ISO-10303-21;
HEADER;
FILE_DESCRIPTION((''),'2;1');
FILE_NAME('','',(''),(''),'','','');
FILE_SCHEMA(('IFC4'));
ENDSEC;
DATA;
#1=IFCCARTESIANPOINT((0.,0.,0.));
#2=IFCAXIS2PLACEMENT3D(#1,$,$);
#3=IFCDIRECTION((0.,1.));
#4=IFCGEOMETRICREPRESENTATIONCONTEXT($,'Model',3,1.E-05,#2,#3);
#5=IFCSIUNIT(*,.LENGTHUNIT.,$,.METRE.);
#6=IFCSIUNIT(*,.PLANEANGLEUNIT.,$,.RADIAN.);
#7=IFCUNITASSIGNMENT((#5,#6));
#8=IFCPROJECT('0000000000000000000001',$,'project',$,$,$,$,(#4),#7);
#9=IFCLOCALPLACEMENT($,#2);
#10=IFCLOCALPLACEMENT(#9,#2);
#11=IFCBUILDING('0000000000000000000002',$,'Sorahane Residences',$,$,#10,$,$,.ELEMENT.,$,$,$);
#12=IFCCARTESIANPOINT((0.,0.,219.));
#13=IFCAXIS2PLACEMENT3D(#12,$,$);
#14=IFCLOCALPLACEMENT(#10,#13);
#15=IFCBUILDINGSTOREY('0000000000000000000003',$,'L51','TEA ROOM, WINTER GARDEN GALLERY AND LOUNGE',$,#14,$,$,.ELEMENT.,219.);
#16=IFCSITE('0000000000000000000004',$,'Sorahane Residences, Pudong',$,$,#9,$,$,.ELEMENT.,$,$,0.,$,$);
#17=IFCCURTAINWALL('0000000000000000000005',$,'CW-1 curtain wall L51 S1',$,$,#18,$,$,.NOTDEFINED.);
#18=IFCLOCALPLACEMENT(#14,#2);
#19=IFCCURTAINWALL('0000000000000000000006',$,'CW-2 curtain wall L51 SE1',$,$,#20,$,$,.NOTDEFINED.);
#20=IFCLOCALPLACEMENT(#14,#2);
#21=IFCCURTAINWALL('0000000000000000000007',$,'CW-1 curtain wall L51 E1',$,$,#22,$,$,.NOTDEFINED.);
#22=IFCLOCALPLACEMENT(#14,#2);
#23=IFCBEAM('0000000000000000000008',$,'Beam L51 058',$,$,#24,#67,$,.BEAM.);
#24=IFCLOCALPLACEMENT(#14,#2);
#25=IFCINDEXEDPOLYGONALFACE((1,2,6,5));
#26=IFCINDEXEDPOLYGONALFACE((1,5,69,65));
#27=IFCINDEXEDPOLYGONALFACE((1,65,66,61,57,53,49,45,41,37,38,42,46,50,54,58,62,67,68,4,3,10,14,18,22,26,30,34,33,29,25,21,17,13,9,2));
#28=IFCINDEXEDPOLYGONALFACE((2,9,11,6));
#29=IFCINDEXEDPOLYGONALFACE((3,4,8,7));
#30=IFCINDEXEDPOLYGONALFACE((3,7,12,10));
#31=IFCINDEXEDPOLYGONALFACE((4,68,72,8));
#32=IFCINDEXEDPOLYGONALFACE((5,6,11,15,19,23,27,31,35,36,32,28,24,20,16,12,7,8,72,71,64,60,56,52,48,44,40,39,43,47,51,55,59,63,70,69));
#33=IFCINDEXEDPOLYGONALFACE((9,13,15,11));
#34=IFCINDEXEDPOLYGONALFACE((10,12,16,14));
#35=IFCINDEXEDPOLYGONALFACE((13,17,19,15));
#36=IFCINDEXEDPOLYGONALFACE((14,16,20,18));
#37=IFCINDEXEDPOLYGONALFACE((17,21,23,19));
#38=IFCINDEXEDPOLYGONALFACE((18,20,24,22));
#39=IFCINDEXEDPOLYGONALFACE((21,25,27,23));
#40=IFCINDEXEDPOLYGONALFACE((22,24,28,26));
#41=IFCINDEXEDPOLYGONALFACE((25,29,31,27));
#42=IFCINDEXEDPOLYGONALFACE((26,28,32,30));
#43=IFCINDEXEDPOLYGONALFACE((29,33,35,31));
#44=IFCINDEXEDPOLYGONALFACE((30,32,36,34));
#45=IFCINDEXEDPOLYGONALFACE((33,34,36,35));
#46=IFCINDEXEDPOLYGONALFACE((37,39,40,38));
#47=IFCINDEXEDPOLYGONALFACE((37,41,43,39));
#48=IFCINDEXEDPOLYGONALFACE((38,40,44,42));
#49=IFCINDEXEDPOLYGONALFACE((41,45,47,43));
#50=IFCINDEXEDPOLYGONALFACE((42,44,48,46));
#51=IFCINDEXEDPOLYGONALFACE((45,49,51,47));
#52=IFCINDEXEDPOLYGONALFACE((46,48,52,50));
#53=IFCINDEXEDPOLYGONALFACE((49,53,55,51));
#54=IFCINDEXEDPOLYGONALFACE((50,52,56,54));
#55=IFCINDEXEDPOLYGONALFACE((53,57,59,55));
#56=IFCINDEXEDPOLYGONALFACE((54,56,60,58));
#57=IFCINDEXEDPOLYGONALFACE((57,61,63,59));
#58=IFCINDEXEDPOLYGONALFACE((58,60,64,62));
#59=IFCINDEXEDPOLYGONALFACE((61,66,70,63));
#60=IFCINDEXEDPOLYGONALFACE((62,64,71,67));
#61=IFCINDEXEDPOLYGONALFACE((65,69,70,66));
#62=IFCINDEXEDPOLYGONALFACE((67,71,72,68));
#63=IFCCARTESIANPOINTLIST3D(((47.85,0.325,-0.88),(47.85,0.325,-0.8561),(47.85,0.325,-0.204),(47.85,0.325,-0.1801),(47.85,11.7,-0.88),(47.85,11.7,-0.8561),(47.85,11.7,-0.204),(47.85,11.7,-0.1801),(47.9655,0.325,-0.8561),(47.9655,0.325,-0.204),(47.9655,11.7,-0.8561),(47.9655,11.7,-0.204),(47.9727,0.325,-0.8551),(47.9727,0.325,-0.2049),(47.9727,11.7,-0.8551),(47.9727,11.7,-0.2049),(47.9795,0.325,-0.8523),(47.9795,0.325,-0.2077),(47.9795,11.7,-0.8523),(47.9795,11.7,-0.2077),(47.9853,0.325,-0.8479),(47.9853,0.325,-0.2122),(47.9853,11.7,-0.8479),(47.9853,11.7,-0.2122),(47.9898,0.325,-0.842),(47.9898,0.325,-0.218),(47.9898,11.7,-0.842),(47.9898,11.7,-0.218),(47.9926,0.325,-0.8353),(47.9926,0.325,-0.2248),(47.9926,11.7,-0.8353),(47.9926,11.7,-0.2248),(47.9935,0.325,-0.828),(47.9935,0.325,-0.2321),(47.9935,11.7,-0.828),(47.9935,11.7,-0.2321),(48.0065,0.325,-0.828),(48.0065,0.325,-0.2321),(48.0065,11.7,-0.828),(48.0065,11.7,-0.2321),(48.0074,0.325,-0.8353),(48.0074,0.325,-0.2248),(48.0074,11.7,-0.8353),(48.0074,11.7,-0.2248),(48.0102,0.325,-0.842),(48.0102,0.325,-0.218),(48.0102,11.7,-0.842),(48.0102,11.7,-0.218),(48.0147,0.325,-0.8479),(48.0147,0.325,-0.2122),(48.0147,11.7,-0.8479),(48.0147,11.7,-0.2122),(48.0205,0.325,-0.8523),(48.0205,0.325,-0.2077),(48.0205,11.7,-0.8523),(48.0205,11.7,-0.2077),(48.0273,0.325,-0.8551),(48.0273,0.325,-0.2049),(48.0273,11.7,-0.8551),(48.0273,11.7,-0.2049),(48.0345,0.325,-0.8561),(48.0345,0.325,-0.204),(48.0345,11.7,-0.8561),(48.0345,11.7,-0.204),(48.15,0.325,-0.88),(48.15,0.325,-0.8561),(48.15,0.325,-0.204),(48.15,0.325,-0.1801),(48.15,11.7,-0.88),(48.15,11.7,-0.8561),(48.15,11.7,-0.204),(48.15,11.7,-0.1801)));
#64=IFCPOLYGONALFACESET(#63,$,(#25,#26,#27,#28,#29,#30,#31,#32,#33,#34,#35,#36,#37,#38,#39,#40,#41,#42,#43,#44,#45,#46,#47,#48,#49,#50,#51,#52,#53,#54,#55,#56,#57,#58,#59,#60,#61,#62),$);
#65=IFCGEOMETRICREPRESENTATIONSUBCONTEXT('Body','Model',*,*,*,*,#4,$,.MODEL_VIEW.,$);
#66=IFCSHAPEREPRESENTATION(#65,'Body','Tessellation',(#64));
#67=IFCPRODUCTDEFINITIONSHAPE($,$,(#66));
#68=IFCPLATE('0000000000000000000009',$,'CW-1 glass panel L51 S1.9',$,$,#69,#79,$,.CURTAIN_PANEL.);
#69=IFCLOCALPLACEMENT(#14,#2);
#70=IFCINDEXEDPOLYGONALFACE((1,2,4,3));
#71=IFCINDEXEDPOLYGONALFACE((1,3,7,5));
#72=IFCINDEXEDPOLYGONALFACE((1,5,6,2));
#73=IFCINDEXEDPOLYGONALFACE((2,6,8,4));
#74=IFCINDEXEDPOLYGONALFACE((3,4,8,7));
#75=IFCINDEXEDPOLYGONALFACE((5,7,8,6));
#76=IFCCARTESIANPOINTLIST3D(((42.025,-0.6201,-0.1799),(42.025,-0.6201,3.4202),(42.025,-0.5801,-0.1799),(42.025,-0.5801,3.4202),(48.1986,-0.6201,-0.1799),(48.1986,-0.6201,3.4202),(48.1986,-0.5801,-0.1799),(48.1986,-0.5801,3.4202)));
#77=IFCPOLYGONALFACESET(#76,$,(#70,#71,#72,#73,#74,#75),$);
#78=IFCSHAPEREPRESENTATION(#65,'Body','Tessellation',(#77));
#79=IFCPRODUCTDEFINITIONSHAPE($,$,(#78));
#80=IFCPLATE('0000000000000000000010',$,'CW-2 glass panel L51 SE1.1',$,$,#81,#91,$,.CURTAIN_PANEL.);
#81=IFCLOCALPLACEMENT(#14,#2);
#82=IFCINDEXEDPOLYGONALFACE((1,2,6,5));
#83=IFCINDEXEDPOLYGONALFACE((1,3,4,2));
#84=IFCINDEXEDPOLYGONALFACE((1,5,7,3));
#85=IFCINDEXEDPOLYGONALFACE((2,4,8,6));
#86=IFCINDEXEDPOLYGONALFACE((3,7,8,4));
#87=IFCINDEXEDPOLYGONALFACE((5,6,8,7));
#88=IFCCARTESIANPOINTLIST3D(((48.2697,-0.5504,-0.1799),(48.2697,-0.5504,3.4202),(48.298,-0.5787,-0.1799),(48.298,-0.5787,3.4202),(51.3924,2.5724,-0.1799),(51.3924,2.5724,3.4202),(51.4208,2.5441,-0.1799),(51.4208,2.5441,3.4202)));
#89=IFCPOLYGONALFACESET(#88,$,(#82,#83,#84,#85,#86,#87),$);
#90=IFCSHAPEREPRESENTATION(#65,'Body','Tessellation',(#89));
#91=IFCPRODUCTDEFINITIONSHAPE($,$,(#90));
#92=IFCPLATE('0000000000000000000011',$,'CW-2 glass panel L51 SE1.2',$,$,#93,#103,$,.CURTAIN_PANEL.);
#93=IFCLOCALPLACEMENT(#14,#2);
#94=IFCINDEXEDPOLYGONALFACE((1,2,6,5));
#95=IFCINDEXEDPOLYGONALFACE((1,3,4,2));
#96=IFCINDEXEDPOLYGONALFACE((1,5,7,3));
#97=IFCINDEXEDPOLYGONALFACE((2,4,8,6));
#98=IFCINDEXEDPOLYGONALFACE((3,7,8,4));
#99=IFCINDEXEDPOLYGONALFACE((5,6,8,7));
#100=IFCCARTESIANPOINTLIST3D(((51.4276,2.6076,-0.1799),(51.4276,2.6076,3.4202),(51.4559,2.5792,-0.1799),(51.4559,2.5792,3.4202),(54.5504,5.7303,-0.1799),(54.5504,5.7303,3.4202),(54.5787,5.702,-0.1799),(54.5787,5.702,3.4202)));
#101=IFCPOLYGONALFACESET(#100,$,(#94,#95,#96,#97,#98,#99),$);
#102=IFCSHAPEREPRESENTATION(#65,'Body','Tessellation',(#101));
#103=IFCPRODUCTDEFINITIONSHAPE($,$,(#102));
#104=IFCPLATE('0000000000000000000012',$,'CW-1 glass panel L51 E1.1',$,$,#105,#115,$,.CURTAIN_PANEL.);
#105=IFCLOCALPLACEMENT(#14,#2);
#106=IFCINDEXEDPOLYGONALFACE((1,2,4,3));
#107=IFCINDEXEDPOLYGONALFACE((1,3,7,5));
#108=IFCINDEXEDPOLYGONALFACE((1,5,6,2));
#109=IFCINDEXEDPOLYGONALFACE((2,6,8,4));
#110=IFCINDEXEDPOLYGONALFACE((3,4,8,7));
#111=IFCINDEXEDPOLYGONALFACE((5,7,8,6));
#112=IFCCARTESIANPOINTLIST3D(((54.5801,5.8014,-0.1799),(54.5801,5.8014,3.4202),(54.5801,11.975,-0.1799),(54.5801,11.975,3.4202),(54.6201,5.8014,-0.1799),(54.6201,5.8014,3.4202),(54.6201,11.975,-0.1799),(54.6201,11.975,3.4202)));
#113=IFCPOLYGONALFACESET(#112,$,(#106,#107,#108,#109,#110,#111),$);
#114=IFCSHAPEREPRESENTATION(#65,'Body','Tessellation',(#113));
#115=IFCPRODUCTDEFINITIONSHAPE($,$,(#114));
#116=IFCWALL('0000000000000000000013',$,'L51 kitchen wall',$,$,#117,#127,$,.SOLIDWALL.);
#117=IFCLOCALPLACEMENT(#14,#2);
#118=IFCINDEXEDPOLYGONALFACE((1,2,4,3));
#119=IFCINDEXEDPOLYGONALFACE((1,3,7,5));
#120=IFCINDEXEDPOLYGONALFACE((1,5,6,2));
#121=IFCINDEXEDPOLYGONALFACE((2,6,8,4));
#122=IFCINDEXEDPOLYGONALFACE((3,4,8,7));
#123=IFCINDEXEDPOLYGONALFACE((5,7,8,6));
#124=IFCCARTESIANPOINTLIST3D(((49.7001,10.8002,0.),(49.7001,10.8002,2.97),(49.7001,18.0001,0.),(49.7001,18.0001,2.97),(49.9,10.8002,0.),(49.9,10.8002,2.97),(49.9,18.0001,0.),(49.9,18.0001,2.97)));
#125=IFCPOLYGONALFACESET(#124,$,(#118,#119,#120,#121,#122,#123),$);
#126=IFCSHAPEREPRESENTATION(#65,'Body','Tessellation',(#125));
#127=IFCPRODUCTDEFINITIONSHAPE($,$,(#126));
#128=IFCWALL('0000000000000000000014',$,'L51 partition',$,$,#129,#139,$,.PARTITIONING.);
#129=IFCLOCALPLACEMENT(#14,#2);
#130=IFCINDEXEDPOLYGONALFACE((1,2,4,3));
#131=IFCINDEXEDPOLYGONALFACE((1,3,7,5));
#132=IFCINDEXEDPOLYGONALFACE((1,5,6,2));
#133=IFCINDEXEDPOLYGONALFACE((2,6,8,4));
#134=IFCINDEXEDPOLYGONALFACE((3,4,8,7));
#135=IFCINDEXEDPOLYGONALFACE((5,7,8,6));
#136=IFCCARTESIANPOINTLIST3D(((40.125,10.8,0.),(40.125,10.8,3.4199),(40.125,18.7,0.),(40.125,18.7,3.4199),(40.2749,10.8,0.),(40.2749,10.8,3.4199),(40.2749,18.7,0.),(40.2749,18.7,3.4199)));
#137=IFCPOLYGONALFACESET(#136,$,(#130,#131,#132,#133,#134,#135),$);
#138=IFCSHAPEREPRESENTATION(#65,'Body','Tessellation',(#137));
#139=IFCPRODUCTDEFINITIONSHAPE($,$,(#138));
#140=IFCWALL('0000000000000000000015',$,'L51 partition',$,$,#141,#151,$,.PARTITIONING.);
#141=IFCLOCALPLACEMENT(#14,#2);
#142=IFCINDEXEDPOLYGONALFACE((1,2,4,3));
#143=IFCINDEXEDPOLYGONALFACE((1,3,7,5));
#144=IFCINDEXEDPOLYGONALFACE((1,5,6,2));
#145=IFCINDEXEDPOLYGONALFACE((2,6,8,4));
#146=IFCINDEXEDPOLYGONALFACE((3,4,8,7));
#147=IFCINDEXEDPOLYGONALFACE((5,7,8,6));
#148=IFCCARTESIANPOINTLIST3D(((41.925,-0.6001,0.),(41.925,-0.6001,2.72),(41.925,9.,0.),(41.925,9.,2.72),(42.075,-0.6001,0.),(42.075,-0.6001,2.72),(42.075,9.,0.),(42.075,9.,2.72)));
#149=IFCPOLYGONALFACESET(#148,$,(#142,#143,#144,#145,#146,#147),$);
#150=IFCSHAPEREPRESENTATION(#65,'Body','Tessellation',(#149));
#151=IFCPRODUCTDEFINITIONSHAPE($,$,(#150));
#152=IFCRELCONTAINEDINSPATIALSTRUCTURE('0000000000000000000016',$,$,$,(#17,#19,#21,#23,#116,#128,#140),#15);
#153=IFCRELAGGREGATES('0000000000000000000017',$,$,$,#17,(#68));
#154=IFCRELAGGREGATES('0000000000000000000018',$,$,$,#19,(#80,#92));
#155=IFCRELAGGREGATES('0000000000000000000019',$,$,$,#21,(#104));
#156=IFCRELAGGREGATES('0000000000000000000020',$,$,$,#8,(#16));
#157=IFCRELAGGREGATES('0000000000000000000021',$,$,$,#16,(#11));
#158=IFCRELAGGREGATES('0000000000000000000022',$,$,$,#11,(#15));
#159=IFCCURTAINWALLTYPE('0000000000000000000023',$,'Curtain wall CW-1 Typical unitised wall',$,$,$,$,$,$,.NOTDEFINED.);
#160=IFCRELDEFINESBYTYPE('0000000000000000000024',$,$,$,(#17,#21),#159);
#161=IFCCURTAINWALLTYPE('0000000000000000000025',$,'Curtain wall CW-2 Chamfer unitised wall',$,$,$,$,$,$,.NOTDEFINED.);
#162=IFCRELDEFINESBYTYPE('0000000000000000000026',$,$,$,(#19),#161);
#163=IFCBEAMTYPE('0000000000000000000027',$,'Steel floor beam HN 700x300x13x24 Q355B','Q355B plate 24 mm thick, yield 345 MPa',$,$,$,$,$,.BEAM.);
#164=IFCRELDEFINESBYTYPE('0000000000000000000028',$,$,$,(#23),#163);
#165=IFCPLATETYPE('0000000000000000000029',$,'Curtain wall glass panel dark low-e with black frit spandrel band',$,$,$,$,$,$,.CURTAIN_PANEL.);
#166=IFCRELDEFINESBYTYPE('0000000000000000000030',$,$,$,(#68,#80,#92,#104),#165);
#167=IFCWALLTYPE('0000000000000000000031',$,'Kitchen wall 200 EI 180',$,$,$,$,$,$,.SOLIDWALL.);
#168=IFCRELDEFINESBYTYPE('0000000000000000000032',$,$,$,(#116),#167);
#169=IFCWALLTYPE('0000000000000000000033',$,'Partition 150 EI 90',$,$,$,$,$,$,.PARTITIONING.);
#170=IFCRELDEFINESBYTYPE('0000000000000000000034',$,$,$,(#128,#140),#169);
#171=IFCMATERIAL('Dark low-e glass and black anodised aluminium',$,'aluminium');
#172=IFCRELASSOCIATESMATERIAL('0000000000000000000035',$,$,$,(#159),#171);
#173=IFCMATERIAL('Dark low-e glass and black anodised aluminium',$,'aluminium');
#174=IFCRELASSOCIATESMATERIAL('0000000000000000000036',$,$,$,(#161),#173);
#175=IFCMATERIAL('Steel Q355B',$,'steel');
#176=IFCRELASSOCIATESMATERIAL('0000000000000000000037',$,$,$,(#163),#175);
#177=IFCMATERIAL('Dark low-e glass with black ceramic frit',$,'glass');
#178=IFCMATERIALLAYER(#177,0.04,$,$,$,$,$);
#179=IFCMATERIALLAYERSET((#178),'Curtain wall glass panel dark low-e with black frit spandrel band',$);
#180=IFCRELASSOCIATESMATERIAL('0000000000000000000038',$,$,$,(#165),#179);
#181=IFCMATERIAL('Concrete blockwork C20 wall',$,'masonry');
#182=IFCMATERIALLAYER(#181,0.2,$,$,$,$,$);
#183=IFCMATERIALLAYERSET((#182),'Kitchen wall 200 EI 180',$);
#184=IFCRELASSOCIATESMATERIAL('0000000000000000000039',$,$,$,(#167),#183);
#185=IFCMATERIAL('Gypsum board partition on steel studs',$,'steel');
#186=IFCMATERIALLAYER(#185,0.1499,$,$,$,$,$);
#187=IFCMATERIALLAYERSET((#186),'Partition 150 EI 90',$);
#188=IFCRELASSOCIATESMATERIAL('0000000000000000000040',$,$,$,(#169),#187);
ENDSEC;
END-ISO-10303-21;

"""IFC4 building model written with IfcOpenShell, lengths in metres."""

from ifc_helpers import new_model, si_unit, direction, frame, frame_2d, origin, origin_2d, place, context, subcontext, project, spatial, rectangle, i_section, extrude, material, layer, layer_set, material_profile, profile_set, type_object, element, aggregate, save


model = new_model("IFC4")

# Units and contexts
model_context = context("Model", 3, precision=1e-05, world=origin(), true_north=direction((0.0, 1.0)))
body_context = subcontext(model_context, "Body", "Model", "MODEL_VIEW")
ifc_project = project(units=[si_unit("LENGTHUNIT", "METRE"), si_unit("PLANEANGLEUNIT", "RADIAN")], contexts=[model_context])

# Site, building, storey
site_placement = place(None, origin())
site = spatial("IfcSite", under=ifc_project, at=site_placement, Name="Sorahane Residences, Pudong", CompositionType="ELEMENT", RefElevation=0.0)
building_placement = place(site_placement, origin())
building = spatial("IfcBuilding", under=site, at=building_placement, Name="Sorahane Residences", CompositionType="ELEMENT")
storey_placement = place(building_placement, frame((0.0, 0.0, 219.0)))
storey = spatial("IfcBuildingStorey", under=building, at=storey_placement, Name="L51", Description="TEA ROOM, WINTER GARDEN GALLERY AND LOUNGE", CompositionType="ELEMENT", Elevation=219.0)

# Curtain walls
ifc_material_1 = material(Name="Dark low-e glass and black anodised aluminium", Category="aluminium")
curtain_wall_type_1 = type_object("IfcCurtainWallType", Name="Curtain wall CW-1 Typical unitised wall", PredefinedType="NOTDEFINED", material=ifc_material_1)
curtain_wall_1_placement = place(storey_placement, origin())
curtain_wall_1 = element("IfcCurtainWall", 1, at=curtain_wall_1_placement, inside=storey, type_object=curtain_wall_type_1, Name="CW-1 curtain wall L51 S1", PredefinedType="NOTDEFINED")
ifc_material_2 = material(Name="Dark low-e glass and black anodised aluminium", Category="aluminium")
curtain_wall_type_2 = type_object("IfcCurtainWallType", Name="Curtain wall CW-2 Chamfer unitised wall", PredefinedType="NOTDEFINED", material=ifc_material_2)
curtain_wall_2_placement = place(storey_placement, origin())
curtain_wall_2 = element("IfcCurtainWall", 2, at=curtain_wall_2_placement, inside=storey, type_object=curtain_wall_type_2, Name="CW-2 curtain wall L51 SE1", PredefinedType="NOTDEFINED")

# Curtain wall
curtain_wall_3_placement = place(storey_placement, origin())
curtain_wall_3 = element("IfcCurtainWall", 3, at=curtain_wall_3_placement, inside=storey, type_object=curtain_wall_type_1, Name="CW-1 curtain wall L51 E1", PredefinedType="NOTDEFINED")

# Beam
ifc_material_3 = material(Name="Steel Q355B", Category="steel")
ifc_material_profile_1 = material_profile(ifc_material_3, i_section(OverallWidth=0.3, OverallDepth=0.7, WebThickness=0.0129, FlangeThickness=0.0239, FilletRadius=0.0281, at=origin_2d()), Name="HN 700x300x13x24")
ifc_profile_set_1 = profile_set([ifc_material_profile_1], Name="Steel Q355B")
beam_type_1 = type_object("IfcBeamType", Name="Steel floor beam HN 700x300x13x24 Q355B", Description="Q355B plate 24 mm thick, yield 345 MPa", PredefinedType="BEAM", material=ifc_profile_set_1)
beam_1_placement = place(storey_placement, frame((48.0, 0.325, -0.53), z_axis=(0.0, 1.0, 0.0), x_axis=(-1.0, 0.0, 0.0)))
element("IfcBeam", 4, at=beam_1_placement, inside=storey, type_object=beam_type_1, Name="Beam L51 058", PredefinedType="BEAM", context=body_context, shape_type="SweptSolid", body=[
    extrude(i_section(OverallWidth=0.3, OverallDepth=0.7, WebThickness=0.0129, FlangeThickness=0.0239, FilletRadius=0.0281, at=origin_2d()), origin(), (0.0, 0.0, 1.0), 11.375),
])

# Plates
ifc_material_4 = material(Name="Dark low-e glass with black ceramic frit", Category="glass")
ifc_layer_1 = layer(ifc_material_4, 0.04)
ifc_layer_set_1 = layer_set([ifc_layer_1], Name="Curtain wall glass panel dark low-e with black frit spandrel band")
plate_type = type_object("IfcPlateType", Name="Curtain wall glass panel dark low-e with black frit spandrel band", PredefinedType="CURTAIN_PANEL", material=ifc_layer_set_1)
plate_1_placement = place(storey_placement, frame((45.1118, -0.6001, -0.1799), z_axis=(0.0, 0.0, 1.0), x_axis=(1.0, 0.0, 0.0)))
plate_1 = element("IfcPlate", 5, at=plate_1_placement, type_object=plate_type, Name="CW-1 glass panel L51 S1.9", PredefinedType="CURTAIN_PANEL", context=body_context, shape_type="SweptSolid", body=[
    extrude(rectangle(XDim=6.1736, YDim=0.04, at=origin_2d()), origin(), (0.0, 0.0, 1.0), 3.6001),
])
aggregate(curtain_wall_1, [plate_1])
plate_2_placement = place(storey_placement, frame((49.8452, 0.9968, -0.1799), z_axis=(0.0, 0.0, 1.0), x_axis=(0.707107, 0.707107, 0.0)))
plate_2 = element("IfcPlate", 6, at=plate_2_placement, type_object=plate_type, Name="CW-2 glass panel L51 SE1.1", PredefinedType="CURTAIN_PANEL", context=body_context, shape_type="SweptSolid", body=[
    extrude(rectangle(XDim=4.4163, YDim=0.04, at=origin_2d()), origin(), (0.0, 0.0, 1.0), 3.6001),
])
plate_3_placement = place(storey_placement, frame((53.0032, 4.1548, -0.1799), z_axis=(0.0, 0.0, 1.0), x_axis=(0.707107, 0.707107, 0.0)))
plate_3 = element("IfcPlate", 7, at=plate_3_placement, type_object=plate_type, Name="CW-2 glass panel L51 SE1.2", PredefinedType="CURTAIN_PANEL", context=body_context, shape_type="SweptSolid", body=[
    extrude(rectangle(XDim=4.4163, YDim=0.04, at=origin_2d()), origin(), (0.0, 0.0, 1.0), 3.6001),
])
aggregate(curtain_wall_2, [plate_2, plate_3])
plate_4_placement = place(storey_placement, frame((54.6001, 8.8882, -0.1799), z_axis=(0.0, 0.0, 1.0), x_axis=(0.0, 1.0, 0.0)))
plate_4 = element("IfcPlate", 8, at=plate_4_placement, type_object=plate_type, Name="CW-1 glass panel L51 E1.1", PredefinedType="CURTAIN_PANEL", context=body_context, shape_type="SweptSolid", body=[
    extrude(rectangle(XDim=6.1736, YDim=0.04, at=origin_2d()), origin(), (0.0, 0.0, 1.0), 3.6001),
])
aggregate(curtain_wall_3, [plate_4])

# Wall
ifc_material_5 = material(Name="Concrete blockwork C20 wall", Category="masonry")
ifc_layer_2 = layer(ifc_material_5, 0.2)
ifc_layer_set_2 = layer_set([ifc_layer_2], Name="Kitchen wall 200 EI 180")
wall_type_1 = type_object("IfcWallType", Name="Kitchen wall 200 EI 180", PredefinedType="SOLIDWALL", material=ifc_layer_set_2)
wall_1_placement = place(storey_placement, frame((49.8, 10.8, 0.0), z_axis=(0.0, 0.0, 1.0), x_axis=(0.0, 1.0, 0.0)))
element("IfcWall", 9, at=wall_1_placement, inside=storey, type_object=wall_type_1, Name="L51 kitchen wall", PredefinedType="SOLIDWALL", context=body_context, shape_type="SweptSolid", body=[
    extrude(rectangle(XDim=7.2, YDim=0.2, at=frame_2d((3.6001, 0.0))), origin(), (0.0, 0.0, 1.0), 2.97),
])

# Walls
ifc_material_6 = material(Name="Gypsum board partition on steel studs", Category="steel")
ifc_layer_3 = layer(ifc_material_6, 0.1499)
ifc_layer_set_3 = layer_set([ifc_layer_3], Name="Partition 150 EI 90")
wall_type_2 = type_object("IfcWallType", Name="Partition 150 EI 90", PredefinedType="PARTITIONING", material=ifc_layer_set_3)
wall_2_placement = place(storey_placement, frame((40.2, 10.8, 0.0), z_axis=(0.0, 0.0, 1.0), x_axis=(0.0, 1.0, 0.0)))
element("IfcWall", 10, at=wall_2_placement, inside=storey, type_object=wall_type_2, Name="L51 partition", PredefinedType="PARTITIONING", context=body_context, shape_type="SweptSolid", body=[
    extrude(rectangle(XDim=7.8999, YDim=0.1499, at=frame_2d((3.95, 0.0))), origin(), (0.0, 0.0, 1.0), 3.4199),
])
wall_3_placement = place(storey_placement, frame((42.0, -0.6001, 0.0), z_axis=(0.0, 0.0, 1.0), x_axis=(0.0, 1.0, 0.0)))
element("IfcWall", 11, at=wall_3_placement, inside=storey, type_object=wall_type_2, Name="L51 partition", PredefinedType="PARTITIONING", context=body_context, shape_type="SweptSolid", body=[
    extrude(rectangle(XDim=9.6001, YDim=0.1499, at=frame_2d((4.8, 0.0))), origin(), (0.0, 0.0, 1.0), 2.72),
])

save(model, "model.ifc")
